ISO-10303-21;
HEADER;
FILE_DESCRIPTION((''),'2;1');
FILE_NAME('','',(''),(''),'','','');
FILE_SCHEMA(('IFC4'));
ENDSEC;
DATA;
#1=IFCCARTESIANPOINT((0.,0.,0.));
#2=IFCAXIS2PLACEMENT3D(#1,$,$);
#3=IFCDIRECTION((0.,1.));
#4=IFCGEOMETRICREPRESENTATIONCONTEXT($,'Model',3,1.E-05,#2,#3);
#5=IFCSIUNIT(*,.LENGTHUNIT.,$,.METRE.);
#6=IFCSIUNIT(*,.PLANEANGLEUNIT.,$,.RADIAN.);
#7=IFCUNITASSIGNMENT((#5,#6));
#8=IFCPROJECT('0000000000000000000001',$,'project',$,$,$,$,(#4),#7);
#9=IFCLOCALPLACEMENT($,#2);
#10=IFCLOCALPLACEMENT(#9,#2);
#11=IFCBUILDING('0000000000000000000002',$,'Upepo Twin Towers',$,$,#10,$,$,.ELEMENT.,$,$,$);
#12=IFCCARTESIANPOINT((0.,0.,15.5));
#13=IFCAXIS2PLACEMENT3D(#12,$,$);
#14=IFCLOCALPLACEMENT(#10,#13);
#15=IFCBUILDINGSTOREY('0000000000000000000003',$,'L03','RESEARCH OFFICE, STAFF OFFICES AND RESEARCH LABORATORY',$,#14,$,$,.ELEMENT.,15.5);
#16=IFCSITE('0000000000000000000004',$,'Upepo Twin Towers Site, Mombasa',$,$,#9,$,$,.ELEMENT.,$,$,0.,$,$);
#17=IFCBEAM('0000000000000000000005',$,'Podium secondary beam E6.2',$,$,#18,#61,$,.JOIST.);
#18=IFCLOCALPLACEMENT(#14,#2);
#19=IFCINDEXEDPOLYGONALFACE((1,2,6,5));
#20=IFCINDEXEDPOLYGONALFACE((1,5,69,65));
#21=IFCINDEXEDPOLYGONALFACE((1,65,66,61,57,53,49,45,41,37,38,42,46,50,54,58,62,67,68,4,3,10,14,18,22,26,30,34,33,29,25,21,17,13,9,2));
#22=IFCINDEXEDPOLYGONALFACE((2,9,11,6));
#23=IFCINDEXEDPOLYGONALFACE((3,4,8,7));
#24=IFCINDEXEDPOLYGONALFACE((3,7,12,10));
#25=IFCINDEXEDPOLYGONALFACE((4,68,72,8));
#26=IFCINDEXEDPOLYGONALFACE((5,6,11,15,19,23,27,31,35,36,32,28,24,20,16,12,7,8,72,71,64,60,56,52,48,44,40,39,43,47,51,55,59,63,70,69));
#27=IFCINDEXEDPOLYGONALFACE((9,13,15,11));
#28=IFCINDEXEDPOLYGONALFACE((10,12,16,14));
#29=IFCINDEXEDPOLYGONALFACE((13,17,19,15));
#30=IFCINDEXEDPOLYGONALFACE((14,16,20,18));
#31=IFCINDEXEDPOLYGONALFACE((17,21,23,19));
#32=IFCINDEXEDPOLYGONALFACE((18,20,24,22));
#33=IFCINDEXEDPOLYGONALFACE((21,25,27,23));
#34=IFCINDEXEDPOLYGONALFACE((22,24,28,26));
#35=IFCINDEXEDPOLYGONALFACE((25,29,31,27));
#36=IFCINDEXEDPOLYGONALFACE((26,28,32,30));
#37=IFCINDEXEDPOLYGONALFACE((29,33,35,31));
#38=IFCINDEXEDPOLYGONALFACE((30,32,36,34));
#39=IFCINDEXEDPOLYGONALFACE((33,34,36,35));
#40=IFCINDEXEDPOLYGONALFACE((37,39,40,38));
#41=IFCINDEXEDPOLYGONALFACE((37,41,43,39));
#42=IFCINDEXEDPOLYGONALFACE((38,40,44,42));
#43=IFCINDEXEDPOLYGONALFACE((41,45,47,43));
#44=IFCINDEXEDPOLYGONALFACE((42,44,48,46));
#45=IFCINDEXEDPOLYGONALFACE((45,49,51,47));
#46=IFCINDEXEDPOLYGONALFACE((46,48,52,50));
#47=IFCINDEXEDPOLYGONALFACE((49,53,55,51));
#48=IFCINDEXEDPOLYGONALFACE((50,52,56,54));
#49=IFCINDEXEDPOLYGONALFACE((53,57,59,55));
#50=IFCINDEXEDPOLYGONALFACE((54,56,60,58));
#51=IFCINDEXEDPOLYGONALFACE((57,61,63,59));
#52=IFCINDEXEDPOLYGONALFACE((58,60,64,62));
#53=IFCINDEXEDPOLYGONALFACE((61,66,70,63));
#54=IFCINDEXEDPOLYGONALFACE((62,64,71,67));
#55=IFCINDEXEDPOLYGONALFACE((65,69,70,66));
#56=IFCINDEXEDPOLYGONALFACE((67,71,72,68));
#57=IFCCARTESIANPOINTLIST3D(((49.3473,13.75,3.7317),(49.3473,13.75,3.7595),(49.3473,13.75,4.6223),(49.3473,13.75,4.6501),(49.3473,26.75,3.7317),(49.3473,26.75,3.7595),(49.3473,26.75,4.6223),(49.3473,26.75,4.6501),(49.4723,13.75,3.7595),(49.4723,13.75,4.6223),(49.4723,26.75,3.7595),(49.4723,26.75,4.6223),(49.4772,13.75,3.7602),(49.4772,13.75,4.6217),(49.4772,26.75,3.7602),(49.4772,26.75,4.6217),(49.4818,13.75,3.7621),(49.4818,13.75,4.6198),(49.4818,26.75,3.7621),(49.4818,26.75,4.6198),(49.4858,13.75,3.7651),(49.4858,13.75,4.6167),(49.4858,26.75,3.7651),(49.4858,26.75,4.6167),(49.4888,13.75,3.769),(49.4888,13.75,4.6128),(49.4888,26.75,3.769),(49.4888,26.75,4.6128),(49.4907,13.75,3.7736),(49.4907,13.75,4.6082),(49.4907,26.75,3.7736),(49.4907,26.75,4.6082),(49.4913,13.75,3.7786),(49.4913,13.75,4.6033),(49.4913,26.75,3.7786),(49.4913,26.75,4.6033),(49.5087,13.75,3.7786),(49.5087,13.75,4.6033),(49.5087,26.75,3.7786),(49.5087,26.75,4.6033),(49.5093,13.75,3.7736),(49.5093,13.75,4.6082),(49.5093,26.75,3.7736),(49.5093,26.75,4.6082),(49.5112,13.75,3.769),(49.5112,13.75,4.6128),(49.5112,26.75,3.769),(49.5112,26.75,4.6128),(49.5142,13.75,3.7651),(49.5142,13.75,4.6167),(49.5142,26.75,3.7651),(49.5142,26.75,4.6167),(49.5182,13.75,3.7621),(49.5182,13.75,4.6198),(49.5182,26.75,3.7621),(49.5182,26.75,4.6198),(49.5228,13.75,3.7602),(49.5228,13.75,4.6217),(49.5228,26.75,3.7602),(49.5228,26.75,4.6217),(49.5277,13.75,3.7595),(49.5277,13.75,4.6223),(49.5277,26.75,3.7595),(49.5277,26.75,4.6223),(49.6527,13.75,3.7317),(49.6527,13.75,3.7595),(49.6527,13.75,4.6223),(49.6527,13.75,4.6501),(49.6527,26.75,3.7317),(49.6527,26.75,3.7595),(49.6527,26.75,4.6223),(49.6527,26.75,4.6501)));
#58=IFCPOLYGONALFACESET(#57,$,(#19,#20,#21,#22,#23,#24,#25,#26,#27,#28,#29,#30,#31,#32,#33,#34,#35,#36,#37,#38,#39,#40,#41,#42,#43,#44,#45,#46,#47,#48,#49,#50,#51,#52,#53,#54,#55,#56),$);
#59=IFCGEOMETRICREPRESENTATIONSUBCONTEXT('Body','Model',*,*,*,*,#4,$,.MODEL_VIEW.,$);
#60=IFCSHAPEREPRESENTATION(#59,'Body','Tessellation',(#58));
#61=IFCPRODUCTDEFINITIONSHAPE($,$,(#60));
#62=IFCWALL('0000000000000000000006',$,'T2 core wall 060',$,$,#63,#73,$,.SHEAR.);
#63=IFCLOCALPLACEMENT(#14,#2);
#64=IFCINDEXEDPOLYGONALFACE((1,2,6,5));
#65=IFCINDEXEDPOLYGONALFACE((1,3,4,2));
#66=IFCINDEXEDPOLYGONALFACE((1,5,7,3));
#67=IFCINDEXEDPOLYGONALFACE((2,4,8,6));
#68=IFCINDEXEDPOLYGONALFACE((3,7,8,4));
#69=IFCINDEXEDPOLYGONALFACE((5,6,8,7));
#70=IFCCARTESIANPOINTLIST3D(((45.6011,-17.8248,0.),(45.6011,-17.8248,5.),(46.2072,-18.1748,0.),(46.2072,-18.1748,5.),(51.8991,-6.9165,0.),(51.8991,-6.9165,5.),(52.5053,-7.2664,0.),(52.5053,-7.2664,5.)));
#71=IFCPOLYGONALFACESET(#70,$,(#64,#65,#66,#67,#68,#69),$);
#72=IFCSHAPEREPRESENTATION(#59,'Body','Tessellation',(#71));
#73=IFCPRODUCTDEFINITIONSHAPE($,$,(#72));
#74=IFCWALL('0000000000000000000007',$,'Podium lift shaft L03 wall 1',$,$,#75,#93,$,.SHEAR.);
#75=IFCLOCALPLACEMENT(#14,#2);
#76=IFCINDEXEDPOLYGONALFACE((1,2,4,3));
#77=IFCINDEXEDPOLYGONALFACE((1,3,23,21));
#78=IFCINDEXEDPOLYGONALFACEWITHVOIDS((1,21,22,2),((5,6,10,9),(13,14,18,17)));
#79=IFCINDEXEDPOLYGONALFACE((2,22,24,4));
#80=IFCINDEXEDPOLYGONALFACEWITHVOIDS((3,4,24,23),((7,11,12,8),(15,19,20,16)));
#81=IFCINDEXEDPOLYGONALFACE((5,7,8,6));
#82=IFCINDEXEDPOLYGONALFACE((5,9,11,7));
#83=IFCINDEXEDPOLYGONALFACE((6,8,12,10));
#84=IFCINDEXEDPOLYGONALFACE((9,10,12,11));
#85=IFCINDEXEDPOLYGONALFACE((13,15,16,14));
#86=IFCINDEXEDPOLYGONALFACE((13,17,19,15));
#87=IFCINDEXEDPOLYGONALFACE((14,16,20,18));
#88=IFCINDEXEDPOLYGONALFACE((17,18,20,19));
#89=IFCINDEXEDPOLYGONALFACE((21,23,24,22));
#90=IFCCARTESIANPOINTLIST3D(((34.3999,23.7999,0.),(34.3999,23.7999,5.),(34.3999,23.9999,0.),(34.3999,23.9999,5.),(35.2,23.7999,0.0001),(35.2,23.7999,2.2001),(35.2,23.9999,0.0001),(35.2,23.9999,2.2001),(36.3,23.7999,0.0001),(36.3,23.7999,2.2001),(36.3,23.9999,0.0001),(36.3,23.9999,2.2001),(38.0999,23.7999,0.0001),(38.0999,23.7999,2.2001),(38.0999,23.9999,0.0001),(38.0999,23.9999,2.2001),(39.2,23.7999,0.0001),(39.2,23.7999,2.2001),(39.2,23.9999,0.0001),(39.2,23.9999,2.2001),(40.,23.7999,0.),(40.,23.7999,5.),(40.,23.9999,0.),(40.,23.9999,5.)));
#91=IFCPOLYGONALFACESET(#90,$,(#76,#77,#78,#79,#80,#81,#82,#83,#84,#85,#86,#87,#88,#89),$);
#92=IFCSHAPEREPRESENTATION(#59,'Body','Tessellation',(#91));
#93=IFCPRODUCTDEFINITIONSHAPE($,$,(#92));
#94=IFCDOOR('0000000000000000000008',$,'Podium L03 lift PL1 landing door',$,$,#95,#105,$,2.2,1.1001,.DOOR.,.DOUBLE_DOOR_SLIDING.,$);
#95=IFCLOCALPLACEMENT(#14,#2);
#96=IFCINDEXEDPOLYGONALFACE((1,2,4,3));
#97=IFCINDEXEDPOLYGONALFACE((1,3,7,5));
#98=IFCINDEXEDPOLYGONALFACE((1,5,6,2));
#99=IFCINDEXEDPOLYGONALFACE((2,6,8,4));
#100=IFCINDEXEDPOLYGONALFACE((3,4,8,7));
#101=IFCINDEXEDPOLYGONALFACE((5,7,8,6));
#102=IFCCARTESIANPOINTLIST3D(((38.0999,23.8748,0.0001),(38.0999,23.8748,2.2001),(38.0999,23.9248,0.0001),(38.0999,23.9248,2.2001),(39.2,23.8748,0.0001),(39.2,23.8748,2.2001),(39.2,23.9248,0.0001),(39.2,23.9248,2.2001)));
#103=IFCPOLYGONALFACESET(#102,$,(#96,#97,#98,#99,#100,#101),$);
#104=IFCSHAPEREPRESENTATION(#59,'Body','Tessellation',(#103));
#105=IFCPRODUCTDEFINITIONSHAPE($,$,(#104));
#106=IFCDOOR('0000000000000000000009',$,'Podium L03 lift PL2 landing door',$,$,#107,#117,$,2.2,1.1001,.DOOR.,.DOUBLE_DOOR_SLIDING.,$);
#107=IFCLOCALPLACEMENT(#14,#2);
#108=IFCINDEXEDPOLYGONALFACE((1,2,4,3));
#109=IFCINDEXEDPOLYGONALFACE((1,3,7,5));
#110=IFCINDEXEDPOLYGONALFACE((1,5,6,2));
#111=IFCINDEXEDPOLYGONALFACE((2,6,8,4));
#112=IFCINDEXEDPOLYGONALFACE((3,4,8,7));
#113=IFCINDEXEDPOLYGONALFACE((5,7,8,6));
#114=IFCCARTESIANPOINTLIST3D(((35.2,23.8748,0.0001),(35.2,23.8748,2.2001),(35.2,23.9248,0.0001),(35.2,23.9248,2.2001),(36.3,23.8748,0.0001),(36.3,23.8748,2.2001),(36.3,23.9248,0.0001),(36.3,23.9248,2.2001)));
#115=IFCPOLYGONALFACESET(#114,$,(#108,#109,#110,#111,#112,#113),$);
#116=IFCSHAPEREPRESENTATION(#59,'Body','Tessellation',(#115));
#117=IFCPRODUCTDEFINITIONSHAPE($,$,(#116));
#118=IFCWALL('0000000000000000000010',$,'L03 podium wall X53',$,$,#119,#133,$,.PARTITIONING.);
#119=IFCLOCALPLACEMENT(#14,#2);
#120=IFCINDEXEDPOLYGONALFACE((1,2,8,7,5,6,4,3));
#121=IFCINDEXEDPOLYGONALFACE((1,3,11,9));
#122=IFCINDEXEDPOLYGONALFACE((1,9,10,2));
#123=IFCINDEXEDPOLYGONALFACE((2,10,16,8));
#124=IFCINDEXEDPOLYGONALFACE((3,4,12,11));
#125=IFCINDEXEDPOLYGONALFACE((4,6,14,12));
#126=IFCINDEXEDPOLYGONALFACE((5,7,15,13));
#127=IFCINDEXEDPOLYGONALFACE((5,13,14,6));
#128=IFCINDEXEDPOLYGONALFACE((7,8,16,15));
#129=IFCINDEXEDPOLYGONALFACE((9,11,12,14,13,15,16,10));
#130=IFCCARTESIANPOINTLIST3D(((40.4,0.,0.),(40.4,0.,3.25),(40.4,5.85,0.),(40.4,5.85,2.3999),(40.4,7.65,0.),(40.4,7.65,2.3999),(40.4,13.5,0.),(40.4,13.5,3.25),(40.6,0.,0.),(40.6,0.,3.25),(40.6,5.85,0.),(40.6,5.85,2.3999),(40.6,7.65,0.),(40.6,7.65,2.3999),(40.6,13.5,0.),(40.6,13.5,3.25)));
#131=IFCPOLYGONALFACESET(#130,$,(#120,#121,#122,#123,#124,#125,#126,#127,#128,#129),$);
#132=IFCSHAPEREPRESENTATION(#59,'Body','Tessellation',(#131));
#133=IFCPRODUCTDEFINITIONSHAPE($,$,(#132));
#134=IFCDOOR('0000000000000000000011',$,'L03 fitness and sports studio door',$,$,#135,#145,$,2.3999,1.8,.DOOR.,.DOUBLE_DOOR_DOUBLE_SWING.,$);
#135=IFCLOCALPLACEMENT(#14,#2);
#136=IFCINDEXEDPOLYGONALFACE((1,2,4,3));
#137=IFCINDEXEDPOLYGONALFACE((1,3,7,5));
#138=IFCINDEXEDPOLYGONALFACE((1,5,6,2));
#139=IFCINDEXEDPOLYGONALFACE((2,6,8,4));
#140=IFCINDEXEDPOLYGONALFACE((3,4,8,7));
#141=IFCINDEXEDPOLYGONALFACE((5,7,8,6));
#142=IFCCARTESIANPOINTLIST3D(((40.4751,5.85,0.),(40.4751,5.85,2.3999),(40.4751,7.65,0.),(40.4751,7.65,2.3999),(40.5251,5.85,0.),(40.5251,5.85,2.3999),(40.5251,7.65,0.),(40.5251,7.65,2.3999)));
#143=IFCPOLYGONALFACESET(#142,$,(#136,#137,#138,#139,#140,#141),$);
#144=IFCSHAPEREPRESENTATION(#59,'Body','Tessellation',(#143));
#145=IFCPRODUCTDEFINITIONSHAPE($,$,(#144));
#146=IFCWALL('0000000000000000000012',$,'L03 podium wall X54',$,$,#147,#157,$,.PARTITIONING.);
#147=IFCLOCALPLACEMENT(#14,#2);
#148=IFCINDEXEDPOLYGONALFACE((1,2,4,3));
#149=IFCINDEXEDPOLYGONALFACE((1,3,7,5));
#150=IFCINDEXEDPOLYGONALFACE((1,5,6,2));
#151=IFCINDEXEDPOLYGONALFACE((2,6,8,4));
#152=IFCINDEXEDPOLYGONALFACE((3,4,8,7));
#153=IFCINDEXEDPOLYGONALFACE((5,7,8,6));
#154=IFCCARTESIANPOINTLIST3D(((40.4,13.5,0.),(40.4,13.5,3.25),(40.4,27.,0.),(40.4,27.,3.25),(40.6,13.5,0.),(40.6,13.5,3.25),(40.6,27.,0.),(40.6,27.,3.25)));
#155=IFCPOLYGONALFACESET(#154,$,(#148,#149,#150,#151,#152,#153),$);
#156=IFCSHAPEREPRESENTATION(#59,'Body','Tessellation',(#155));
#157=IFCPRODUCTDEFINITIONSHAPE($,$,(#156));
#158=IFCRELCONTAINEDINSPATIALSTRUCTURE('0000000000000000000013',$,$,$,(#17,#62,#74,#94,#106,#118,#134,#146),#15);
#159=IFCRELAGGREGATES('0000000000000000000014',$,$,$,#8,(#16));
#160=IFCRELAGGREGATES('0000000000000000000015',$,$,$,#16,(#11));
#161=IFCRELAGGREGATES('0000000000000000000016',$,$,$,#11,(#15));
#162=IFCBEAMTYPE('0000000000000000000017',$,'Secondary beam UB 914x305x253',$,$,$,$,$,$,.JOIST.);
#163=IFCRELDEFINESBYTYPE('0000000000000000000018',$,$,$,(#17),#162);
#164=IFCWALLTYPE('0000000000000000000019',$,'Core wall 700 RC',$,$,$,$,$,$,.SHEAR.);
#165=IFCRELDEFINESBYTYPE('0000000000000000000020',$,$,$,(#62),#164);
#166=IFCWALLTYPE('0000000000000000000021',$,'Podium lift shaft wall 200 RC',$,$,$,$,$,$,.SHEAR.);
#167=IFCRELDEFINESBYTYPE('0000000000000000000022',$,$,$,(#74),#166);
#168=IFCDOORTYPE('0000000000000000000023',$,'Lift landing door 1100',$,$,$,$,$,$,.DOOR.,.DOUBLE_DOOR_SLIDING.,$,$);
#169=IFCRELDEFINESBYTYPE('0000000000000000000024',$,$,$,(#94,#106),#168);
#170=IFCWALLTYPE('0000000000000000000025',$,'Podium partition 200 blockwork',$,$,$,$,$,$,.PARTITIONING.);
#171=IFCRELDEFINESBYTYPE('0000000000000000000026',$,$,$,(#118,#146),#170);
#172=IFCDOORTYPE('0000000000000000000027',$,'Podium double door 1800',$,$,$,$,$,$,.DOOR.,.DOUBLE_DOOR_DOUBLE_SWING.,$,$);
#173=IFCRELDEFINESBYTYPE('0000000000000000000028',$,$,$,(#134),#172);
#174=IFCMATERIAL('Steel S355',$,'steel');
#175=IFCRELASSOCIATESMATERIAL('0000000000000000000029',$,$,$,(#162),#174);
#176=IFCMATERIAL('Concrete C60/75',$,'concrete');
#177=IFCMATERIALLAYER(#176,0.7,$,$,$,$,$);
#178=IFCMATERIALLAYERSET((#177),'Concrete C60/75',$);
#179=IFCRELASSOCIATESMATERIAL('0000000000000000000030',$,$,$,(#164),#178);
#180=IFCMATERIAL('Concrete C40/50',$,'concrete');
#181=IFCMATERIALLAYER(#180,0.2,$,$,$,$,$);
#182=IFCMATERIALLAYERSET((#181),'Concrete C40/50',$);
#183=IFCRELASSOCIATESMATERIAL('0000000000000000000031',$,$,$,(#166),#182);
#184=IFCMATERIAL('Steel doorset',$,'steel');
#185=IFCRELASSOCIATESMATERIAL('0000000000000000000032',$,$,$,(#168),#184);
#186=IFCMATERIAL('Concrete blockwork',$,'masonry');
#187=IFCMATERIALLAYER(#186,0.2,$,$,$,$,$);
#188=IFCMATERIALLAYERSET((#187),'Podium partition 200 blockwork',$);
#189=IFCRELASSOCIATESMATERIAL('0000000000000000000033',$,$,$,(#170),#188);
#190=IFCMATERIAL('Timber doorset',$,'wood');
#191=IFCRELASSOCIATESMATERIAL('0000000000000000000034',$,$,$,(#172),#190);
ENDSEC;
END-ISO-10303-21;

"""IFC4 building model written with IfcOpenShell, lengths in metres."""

from ifc_helpers import new_model, si_unit, direction, frame, frame_2d, origin, origin_2d, place, context, subcontext, project, spatial, rectangle, i_section, extrude, material, layer, layer_set, material_profile, profile_set, type_object, element, fill, save


model = new_model("IFC4")

# Units and contexts
model_context = context("Model", 3, precision=1e-05, world=origin(), true_north=direction((0.0, 1.0)))
body_context = subcontext(model_context, "Body", "Model", "MODEL_VIEW")
ifc_project = project(units=[si_unit("LENGTHUNIT", "METRE"), si_unit("PLANEANGLEUNIT", "RADIAN")], contexts=[model_context])

# Site, building, storey
site_placement = place(None, origin())
site = spatial("IfcSite", under=ifc_project, at=site_placement, Name="Upepo Twin Towers Site, Mombasa", CompositionType="ELEMENT", RefElevation=0.0)
building_placement = place(site_placement, origin())
building = spatial("IfcBuilding", under=site, at=building_placement, Name="Upepo Twin Towers", CompositionType="ELEMENT")
storey_placement = place(building_placement, frame((0.0, 0.0, 15.5)))
storey = spatial("IfcBuildingStorey", under=building, at=storey_placement, Name="L03", Description="RESEARCH OFFICE, STAFF OFFICES AND RESEARCH LABORATORY", CompositionType="ELEMENT", Elevation=15.5)

# Beam
ifc_material_1 = material(Name="Steel S355", Category="steel")
ifc_material_profile_1 = material_profile(ifc_material_1, i_section(OverallWidth=0.3054, OverallDepth=0.9185, WebThickness=0.0173, FlangeThickness=0.0278, FilletRadius=0.019, at=origin_2d()), Name="UB 914x305x253")
ifc_profile_set_1 = profile_set([ifc_material_profile_1], Name="Steel S355")
beam_type_1 = type_object("IfcBeamType", Name="Secondary beam UB 914x305x253", PredefinedType="JOIST", material=ifc_profile_set_1)
for number, where, z_axis, x_axis, name in (
    (1, (49.5, 13.75, 4.1909), (0.0, 1.0, 0.0), (-1.0, 0.0, 0.0), "Podium secondary beam E6.2"),
):
    element("IfcBeam", number, at=place(storey_placement, frame(where, z_axis=z_axis, x_axis=x_axis)), inside=storey, type_object=beam_type_1, Name=name, PredefinedType="JOIST", context=body_context, shape_type="SweptSolid", body=[
        extrude(i_section(OverallWidth=0.3054, OverallDepth=0.9185, WebThickness=0.0173, FlangeThickness=0.0278, FilletRadius=0.019, at=origin_2d()), origin(), (0.0, 0.0, 1.0), 13.0),
    ])

# Wall
ifc_material_2 = material(Name="Concrete C60/75", Category="concrete")
ifc_layer_1 = layer(ifc_material_2, 0.7)
ifc_layer_set_1 = layer_set([ifc_layer_1], Name="Concrete C60/75")
wall_type_1 = type_object("IfcWallType", Name="Core wall 700 RC", PredefinedType="SHEAR", material=ifc_layer_set_1)
wall_1_placement = place(storey_placement, frame((52.2021, -7.0916, 0.0), z_axis=(0.0, 0.0, 1.0), x_axis=(-0.500006, -0.866022, 0.0)))
element("IfcWall", 2, at=wall_1_placement, inside=storey, type_object=wall_type_1, Name="T2 core wall 060", PredefinedType="SHEAR", context=body_context, shape_type="SweptSolid", body=[
    extrude(rectangle(XDim=12.5959, YDim=0.7, at=frame_2d((6.2979, 0.0))), origin(), (0.0, 0.0, 1.0), 5.0),
])

# Wall, openings, doors
ifc_material_3 = material(Name="Concrete C40/50", Category="concrete")
ifc_layer_2 = layer(ifc_material_3, 0.2)
ifc_layer_set_2 = layer_set([ifc_layer_2], Name="Concrete C40/50")
wall_type_2 = type_object("IfcWallType", Name="Podium lift shaft wall 200 RC", PredefinedType="SHEAR", material=ifc_layer_set_2)
wall_2_placement = place(storey_placement, frame((34.3999, 23.8999, 0.0), z_axis=(0.0, 0.0, 1.0), x_axis=(1.0, 0.0, 0.0)))
wall_2 = element("IfcWall", 3, at=wall_2_placement, inside=storey, type_object=wall_type_2, Name="Podium lift shaft L03 wall 1", PredefinedType="SHEAR", context=body_context, shape_type="SweptSolid", body=[
    extrude(rectangle(XDim=5.6001, YDim=0.2, at=frame_2d((2.8, 0.0))), origin(), (0.0, 0.0, 1.0), 5.0),
])
opening_1_placement = place(wall_2_placement, frame((3.7, 0.0, 0.0)))
opening_1 = element("IfcOpeningElement", 4, at=opening_1_placement, cuts=wall_2, PredefinedType="OPENING", context=body_context, shape_type="SweptSolid", body=[
    extrude(rectangle(XDim=1.1001, YDim=2.2, at=frame_2d((0.55, 1.1001))), frame((0.0, 0.1099, 0.0), z_axis=(0.0, -1.0, 0.0), x_axis=(1.0, 0.0, 0.0)), (0.0, 0.0, 1.0), 0.22),
])
opening_2_placement = place(wall_2_placement, frame((0.8, 0.0, 0.0)))
opening_2 = element("IfcOpeningElement", 5, at=opening_2_placement, cuts=wall_2, PredefinedType="OPENING", context=body_context, shape_type="SweptSolid", body=[
    extrude(rectangle(XDim=1.1001, YDim=2.2, at=frame_2d((0.55, 1.1001))), frame((0.0, 0.1099, 0.0), z_axis=(0.0, -1.0, 0.0), x_axis=(1.0, 0.0, 0.0)), (0.0, 0.0, 1.0), 0.22),
])
ifc_material_4 = material(Name="Steel doorset", Category="steel")
door_type_1 = type_object("IfcDoorType", Name="Lift landing door 1100", OperationType="DOUBLE_DOOR_SLIDING", PredefinedType="DOOR", material=ifc_material_4)
door_1_placement = place(opening_1_placement, origin())
door_1 = element("IfcDoor", 6, at=door_1_placement, inside=storey, type_object=door_type_1, Name="Podium L03 lift PL1 landing door", OperationType="DOUBLE_DOOR_SLIDING", OverallHeight=2.2, OverallWidth=1.1001, PredefinedType="DOOR", context=body_context, shape_type="SweptSolid", body=[
    extrude(rectangle(XDim=1.1001, YDim=2.2, at=frame_2d((0.55, 1.1001))), frame((0.0, 0.0249, 0.0), z_axis=(0.0, -1.0, 0.0), x_axis=(1.0, 0.0, 0.0)), (0.0, 0.0, 1.0), 0.05),
])
fill(opening_1, door_1)
door_2_placement = place(opening_2_placement, origin())
door_2 = element("IfcDoor", 7, at=door_2_placement, inside=storey, type_object=door_type_1, Name="Podium L03 lift PL2 landing door", OperationType="DOUBLE_DOOR_SLIDING", OverallHeight=2.2, OverallWidth=1.1001, PredefinedType="DOOR", context=body_context, shape_type="SweptSolid", body=[
    extrude(rectangle(XDim=1.1001, YDim=2.2, at=frame_2d((0.55, 1.1001))), frame((0.0, 0.0249, 0.0), z_axis=(0.0, -1.0, 0.0), x_axis=(1.0, 0.0, 0.0)), (0.0, 0.0, 1.0), 0.05),
])
fill(opening_2, door_2)

# Wall, opening, door
ifc_material_5 = material(Name="Concrete blockwork", Category="masonry")
ifc_layer_3 = layer(ifc_material_5, 0.2)
ifc_layer_set_3 = layer_set([ifc_layer_3], Name="Podium partition 200 blockwork")
wall_type_3 = type_object("IfcWallType", Name="Podium partition 200 blockwork", PredefinedType="PARTITIONING", material=ifc_layer_set_3)
wall_3_placement = place(storey_placement, frame((40.5, 0.0, 0.0), z_axis=(0.0, 0.0, 1.0), x_axis=(0.0, 1.0, 0.0)))
wall_3 = element("IfcWall", 8, at=wall_3_placement, inside=storey, type_object=wall_type_3, Name="L03 podium wall X53", PredefinedType="PARTITIONING", context=body_context, shape_type="SweptSolid", body=[
    extrude(rectangle(XDim=13.5, YDim=0.2, at=frame_2d((6.75, 0.0))), origin(), (0.0, 0.0, 1.0), 3.25),
])
opening_3_placement = place(wall_3_placement, frame((5.8501, 0.0, 0.0)))
opening_3 = element("IfcOpeningElement", 9, at=opening_3_placement, cuts=wall_3, PredefinedType="OPENING", context=body_context, shape_type="SweptSolid", body=[
    extrude(rectangle(XDim=1.8, YDim=2.3999, at=frame_2d((0.8999, 1.2))), frame((0.0, 0.1099, 0.0), z_axis=(0.0, -1.0, 0.0), x_axis=(1.0, 0.0, 0.0)), (0.0, 0.0, 1.0), 0.22),
])
ifc_material_6 = material(Name="Timber doorset", Category="wood")
door_type_2 = type_object("IfcDoorType", Name="Podium double door 1800", OperationType="DOUBLE_DOOR_DOUBLE_SWING", PredefinedType="DOOR", material=ifc_material_6)
door_3_placement = place(opening_3_placement, origin())
door_3 = element("IfcDoor", 10, at=door_3_placement, inside=storey, type_object=door_type_2, Name="L03 fitness and sports studio door", OperationType="DOUBLE_DOOR_DOUBLE_SWING", OverallHeight=2.3999, OverallWidth=1.8, PredefinedType="DOOR", context=body_context, shape_type="SweptSolid", body=[
    extrude(rectangle(XDim=1.8, YDim=2.3999, at=frame_2d((0.8999, 1.2))), frame((0.0, 0.0249, 0.0), z_axis=(0.0, -1.0, 0.0), x_axis=(1.0, 0.0, 0.0)), (0.0, 0.0, 1.0), 0.05),
])
fill(opening_3, door_3)

# Wall
wall_4_placement = place(storey_placement, frame((40.5, 13.5, 0.0), z_axis=(0.0, 0.0, 1.0), x_axis=(0.0, 1.0, 0.0)))
element("IfcWall", 11, at=wall_4_placement, inside=storey, type_object=wall_type_3, Name="L03 podium wall X54", PredefinedType="PARTITIONING", context=body_context, shape_type="SweptSolid", body=[
    extrude(rectangle(XDim=13.5, YDim=0.2, at=frame_2d((6.75, 0.0))), origin(), (0.0, 0.0, 1.0), 3.25),
])

save(model, "model.ifc")
